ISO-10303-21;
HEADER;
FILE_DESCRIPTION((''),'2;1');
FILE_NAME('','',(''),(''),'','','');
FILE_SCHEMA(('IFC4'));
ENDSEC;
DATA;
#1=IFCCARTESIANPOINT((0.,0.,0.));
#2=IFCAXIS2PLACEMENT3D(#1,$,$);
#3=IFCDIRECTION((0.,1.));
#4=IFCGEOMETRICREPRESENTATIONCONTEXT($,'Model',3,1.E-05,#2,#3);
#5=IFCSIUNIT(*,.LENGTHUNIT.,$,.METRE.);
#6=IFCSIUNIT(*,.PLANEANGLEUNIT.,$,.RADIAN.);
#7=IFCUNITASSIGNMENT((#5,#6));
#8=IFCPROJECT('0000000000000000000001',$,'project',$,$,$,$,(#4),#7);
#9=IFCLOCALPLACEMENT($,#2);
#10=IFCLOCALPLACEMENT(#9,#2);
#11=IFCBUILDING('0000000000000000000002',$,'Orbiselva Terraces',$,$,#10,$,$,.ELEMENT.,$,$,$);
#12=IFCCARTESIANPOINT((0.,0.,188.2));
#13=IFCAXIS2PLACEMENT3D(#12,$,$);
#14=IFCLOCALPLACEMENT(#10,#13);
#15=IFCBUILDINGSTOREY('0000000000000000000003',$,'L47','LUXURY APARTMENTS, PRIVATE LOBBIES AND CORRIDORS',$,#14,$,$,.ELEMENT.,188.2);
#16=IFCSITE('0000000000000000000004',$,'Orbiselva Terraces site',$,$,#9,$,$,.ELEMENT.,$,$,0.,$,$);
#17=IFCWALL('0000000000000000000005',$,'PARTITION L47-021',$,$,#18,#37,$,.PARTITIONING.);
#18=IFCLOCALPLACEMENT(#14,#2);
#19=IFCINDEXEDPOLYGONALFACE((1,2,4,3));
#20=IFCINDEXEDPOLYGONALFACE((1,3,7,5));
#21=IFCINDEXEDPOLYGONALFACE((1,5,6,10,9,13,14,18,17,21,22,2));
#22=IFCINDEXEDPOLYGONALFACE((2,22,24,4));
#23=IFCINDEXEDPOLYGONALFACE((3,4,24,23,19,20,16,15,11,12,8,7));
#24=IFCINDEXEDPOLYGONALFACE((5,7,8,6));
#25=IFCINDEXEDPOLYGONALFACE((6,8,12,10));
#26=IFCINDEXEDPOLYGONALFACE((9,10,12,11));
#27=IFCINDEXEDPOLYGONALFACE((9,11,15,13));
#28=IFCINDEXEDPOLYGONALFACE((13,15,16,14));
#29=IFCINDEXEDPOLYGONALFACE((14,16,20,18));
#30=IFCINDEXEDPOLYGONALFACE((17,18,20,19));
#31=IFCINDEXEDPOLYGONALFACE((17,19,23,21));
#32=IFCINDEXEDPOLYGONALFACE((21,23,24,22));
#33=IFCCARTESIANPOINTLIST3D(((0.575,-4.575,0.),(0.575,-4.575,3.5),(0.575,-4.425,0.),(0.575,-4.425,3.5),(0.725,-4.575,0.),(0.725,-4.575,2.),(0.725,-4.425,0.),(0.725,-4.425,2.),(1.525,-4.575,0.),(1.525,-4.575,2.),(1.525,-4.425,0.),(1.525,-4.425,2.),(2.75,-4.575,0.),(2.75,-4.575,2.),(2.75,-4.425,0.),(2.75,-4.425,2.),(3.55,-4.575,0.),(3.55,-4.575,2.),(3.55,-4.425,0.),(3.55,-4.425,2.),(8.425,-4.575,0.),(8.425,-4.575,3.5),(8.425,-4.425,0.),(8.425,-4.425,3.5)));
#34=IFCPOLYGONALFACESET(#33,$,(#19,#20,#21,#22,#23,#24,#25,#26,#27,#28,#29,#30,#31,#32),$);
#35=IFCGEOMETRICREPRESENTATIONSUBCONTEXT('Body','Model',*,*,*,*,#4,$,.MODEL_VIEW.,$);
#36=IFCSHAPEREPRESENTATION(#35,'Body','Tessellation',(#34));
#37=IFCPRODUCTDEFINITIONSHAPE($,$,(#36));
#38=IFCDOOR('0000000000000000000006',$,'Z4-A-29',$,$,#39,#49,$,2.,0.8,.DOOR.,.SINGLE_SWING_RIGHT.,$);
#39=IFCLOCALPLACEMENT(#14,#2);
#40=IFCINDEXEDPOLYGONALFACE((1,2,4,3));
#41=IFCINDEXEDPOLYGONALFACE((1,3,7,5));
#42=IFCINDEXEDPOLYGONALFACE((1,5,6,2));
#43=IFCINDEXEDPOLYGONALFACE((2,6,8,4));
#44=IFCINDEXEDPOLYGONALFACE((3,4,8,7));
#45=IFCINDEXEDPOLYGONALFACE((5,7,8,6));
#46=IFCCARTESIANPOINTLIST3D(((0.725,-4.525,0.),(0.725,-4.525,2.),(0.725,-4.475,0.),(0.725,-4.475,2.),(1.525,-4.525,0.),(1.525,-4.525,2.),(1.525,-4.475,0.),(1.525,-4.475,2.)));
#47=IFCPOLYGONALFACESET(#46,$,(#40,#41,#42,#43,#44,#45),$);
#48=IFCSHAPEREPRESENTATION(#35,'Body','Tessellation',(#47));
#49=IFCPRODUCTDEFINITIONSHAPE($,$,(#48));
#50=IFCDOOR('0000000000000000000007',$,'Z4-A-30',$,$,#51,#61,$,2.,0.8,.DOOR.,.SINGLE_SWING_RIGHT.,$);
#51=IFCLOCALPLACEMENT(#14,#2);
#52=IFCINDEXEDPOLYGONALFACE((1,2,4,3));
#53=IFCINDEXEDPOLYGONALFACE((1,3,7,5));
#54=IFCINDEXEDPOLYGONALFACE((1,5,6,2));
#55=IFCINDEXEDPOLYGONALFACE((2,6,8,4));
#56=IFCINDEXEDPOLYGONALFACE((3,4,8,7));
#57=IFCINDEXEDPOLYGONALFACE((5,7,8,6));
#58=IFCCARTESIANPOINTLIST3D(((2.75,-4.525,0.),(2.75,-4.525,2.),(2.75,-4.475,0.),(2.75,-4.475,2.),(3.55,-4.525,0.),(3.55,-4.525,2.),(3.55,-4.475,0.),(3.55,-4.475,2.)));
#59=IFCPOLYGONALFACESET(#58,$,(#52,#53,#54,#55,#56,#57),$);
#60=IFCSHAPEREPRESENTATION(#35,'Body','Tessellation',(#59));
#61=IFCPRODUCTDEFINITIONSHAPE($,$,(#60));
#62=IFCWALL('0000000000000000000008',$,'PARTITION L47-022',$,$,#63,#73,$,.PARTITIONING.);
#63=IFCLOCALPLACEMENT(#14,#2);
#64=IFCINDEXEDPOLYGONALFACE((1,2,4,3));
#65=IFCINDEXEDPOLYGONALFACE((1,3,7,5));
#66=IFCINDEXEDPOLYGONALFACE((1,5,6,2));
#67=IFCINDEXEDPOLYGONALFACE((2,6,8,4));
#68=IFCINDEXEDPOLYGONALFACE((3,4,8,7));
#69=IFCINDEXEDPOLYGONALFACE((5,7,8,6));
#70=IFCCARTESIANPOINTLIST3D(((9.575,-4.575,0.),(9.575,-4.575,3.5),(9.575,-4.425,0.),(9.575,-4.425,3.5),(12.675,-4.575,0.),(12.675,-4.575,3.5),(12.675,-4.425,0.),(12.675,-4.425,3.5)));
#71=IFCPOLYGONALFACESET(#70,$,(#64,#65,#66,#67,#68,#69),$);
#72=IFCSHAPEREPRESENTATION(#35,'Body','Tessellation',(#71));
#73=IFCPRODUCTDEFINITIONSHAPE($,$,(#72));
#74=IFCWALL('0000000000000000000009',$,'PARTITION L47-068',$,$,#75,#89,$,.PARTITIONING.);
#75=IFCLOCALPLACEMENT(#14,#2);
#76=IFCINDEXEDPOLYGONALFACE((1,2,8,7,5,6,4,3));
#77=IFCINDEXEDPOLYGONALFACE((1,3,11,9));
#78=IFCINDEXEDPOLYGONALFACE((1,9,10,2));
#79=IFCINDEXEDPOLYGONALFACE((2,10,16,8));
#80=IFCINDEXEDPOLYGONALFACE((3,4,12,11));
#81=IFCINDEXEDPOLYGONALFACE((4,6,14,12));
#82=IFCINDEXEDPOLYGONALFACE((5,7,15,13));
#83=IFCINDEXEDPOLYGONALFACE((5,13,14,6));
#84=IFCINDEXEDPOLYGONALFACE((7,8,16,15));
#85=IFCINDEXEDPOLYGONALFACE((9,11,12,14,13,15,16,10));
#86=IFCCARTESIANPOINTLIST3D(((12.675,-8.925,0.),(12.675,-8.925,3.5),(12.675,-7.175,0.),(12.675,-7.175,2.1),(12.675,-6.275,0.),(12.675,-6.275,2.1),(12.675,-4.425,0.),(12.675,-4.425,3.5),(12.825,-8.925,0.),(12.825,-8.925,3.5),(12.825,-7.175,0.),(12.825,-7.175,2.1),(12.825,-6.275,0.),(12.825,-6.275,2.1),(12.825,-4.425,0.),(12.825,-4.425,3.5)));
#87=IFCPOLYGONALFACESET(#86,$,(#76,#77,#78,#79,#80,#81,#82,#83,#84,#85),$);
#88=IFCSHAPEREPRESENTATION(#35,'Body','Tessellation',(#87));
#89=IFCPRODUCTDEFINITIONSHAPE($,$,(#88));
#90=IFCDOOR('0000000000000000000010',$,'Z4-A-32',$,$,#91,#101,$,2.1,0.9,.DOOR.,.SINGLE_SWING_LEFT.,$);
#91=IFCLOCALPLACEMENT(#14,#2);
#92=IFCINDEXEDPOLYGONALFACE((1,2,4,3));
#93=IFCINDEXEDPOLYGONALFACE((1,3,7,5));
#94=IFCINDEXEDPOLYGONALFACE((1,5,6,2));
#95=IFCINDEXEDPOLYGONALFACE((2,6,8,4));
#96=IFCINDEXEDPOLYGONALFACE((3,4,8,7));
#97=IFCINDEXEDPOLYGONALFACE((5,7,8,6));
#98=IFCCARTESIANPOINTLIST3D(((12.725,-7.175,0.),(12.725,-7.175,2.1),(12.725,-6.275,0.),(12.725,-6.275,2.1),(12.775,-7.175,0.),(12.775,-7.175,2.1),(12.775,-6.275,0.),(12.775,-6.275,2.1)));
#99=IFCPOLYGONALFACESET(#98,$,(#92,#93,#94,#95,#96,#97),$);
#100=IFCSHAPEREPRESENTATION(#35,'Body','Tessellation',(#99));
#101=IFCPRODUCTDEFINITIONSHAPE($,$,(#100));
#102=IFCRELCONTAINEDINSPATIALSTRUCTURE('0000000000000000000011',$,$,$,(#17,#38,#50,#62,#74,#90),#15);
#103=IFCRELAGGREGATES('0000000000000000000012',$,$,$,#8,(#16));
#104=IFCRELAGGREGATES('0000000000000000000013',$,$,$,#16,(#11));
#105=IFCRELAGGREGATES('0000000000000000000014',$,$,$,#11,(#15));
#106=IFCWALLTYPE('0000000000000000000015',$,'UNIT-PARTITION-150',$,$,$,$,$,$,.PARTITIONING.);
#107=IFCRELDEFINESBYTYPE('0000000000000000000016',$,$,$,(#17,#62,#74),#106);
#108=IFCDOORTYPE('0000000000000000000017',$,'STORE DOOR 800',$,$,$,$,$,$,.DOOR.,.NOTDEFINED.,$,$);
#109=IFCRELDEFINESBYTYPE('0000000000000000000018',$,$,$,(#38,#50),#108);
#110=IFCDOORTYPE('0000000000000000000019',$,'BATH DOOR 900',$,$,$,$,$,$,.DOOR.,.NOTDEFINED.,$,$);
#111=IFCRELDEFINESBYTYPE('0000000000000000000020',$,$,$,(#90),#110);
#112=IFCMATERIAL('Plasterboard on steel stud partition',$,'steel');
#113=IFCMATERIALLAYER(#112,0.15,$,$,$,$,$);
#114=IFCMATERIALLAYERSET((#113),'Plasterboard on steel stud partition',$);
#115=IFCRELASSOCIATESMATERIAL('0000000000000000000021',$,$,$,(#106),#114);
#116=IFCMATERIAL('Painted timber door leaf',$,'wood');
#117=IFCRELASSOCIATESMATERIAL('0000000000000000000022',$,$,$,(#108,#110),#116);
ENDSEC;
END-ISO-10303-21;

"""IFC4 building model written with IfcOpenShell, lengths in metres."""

from ifc_helpers import new_model, si_unit, direction, frame, frame_2d, origin, place, context, subcontext, project, spatial, rectangle, extrude, material, layer, layer_set, type_object, element, fill, save


model = new_model("IFC4")

# Units and contexts
model_context = context("Model", 3, precision=1e-05, world=origin(), true_north=direction((0.0, 1.0)))
body_context = subcontext(model_context, "Body", "Model", "MODEL_VIEW")
ifc_project = project(units=[si_unit("LENGTHUNIT", "METRE"), si_unit("PLANEANGLEUNIT", "RADIAN")], contexts=[model_context])

# Site, building, storey
site_placement = place(None, origin())
site = spatial("IfcSite", under=ifc_project, at=site_placement, Name="Orbiselva Terraces site", CompositionType="ELEMENT", RefElevation=0.0)
building_placement = place(site_placement, origin())
building = spatial("IfcBuilding", under=site, at=building_placement, Name="Orbiselva Terraces", CompositionType="ELEMENT")
storey_placement = place(building_placement, frame((0.0, 0.0, 188.2)))
storey = spatial("IfcBuildingStorey", under=building, at=storey_placement, Name="L47", Description="LUXURY APARTMENTS, PRIVATE LOBBIES AND CORRIDORS", CompositionType="ELEMENT", Elevation=188.2)

# Shared definitions
ifc_material_1 = material(Name="Plasterboard on steel stud partition", Category="steel")

# Wall, openings, doors
ifc_layer_1 = layer(ifc_material_1, 0.15)
ifc_layer_set_1 = layer_set([ifc_layer_1], Name="Plasterboard on steel stud partition")
wall_type_1 = type_object("IfcWallType", Name="UNIT-PARTITION-150", PredefinedType="PARTITIONING", material=ifc_layer_set_1)
wall_1_placement = place(storey_placement, frame((8.425, -4.5, 0.0), z_axis=(0.0, 0.0, 1.0), x_axis=(-1.0, 0.0, 0.0)))
wall_1 = element("IfcWall", 1, at=wall_1_placement, inside=storey, type_object=wall_type_1, Name="PARTITION L47-021", PredefinedType="PARTITIONING", context=body_context, shape_type="SweptSolid", body=[
    extrude(rectangle(XDim=7.85, YDim=0.15, at=frame_2d((3.925, 0.0))), origin(), (0.0, 0.0, 1.0), 3.5),
])
opening_1_placement = place(wall_1_placement, frame((6.9, 0.0, 0.0)))
opening_1 = element("IfcOpeningElement", 2, at=opening_1_placement, cuts=wall_1, PredefinedType="OPENING", context=body_context, shape_type="SweptSolid", body=[
    extrude(rectangle(XDim=0.8, YDim=2.0, at=frame_2d((0.4, 1.0))), frame((0.0, 0.085, 0.0), z_axis=(0.0, -1.0, 0.0), x_axis=(1.0, 0.0, 0.0)), (0.0, 0.0, 1.0), 0.17),
])
opening_2_placement = place(wall_1_placement, frame((4.875, 0.0, 0.0)))
opening_2 = element("IfcOpeningElement", 3, at=opening_2_placement, cuts=wall_1, PredefinedType="OPENING", context=body_context, shape_type="SweptSolid", body=[
    extrude(rectangle(XDim=0.8, YDim=2.0, at=frame_2d((0.4, 1.0))), frame((0.0, 0.085, 0.0), z_axis=(0.0, -1.0, 0.0), x_axis=(1.0, 0.0, 0.0)), (0.0, 0.0, 1.0), 0.17),
])
ifc_material_2 = material(Name="Painted timber door leaf", Category="wood")
door_type_1 = type_object("IfcDoorType", Name="STORE DOOR 800", OperationType="NOTDEFINED", PredefinedType="DOOR", material=ifc_material_2)
door_1_placement = place(opening_1_placement, origin())
door_1 = element("IfcDoor", 4, at=door_1_placement, inside=storey, type_object=door_type_1, Name="Z4-A-29", OperationType="SINGLE_SWING_RIGHT", OverallHeight=2.0, OverallWidth=0.8, PredefinedType="DOOR", context=body_context, shape_type="SweptSolid", body=[
    extrude(rectangle(XDim=0.8, YDim=2.0, at=frame_2d((0.4, 1.0))), frame((0.0, 0.025, 0.0), z_axis=(0.0, -1.0, 0.0), x_axis=(1.0, 0.0, 0.0)), (0.0, 0.0, 1.0), 0.05),
])
fill(opening_1, door_1)
door_2_placement = place(opening_2_placement, origin())
door_2 = element("IfcDoor", 5, at=door_2_placement, inside=storey, type_object=door_type_1, Name="Z4-A-30", OperationType="SINGLE_SWING_RIGHT", OverallHeight=2.0, OverallWidth=0.8, PredefinedType="DOOR", context=body_context, shape_type="SweptSolid", body=[
    extrude(rectangle(XDim=0.8, YDim=2.0, at=frame_2d((0.4, 1.0))), frame((0.0, 0.025, 0.0), z_axis=(0.0, -1.0, 0.0), x_axis=(1.0, 0.0, 0.0)), (0.0, 0.0, 1.0), 0.05),
])
fill(opening_2, door_2)

# Wall
wall_2_placement = place(storey_placement, frame((9.575, -4.5, 0.0), z_axis=(0.0, 0.0, 1.0), x_axis=(1.0, 0.0, 0.0)))
element("IfcWall", 6, at=wall_2_placement, inside=storey, type_object=wall_type_1, Name="PARTITION L47-022", PredefinedType="PARTITIONING", context=body_context, shape_type="SweptSolid", body=[
    extrude(rectangle(XDim=3.1, YDim=0.15, at=frame_2d((1.55, 0.0))), origin(), (0.0, 0.0, 1.0), 3.5),
])

# Wall, opening, door
wall_3_placement = place(storey_placement, frame((12.75, -8.925, 0.0), z_axis=(0.0, 0.0, 1.0), x_axis=(0.0, 1.0, 0.0)))
wall_3 = element("IfcWall", 7, at=wall_3_placement, inside=storey, type_object=wall_type_1, Name="PARTITION L47-068", PredefinedType="PARTITIONING", context=body_context, shape_type="SweptSolid", body=[
    extrude(rectangle(XDim=4.5, YDim=0.15, at=frame_2d((2.25, 0.0))), origin(), (0.0, 0.0, 1.0), 3.5),
])
opening_3_placement = place(wall_3_placement, frame((1.75, 0.0, 0.0)))
opening_3 = element("IfcOpeningElement", 8, at=opening_3_placement, cuts=wall_3, PredefinedType="OPENING", context=body_context, shape_type="SweptSolid", body=[
    extrude(rectangle(XDim=0.9, YDim=2.1, at=frame_2d((0.45, 1.05))), frame((0.0, 0.085, 0.0), z_axis=(0.0, -1.0, 0.0), x_axis=(1.0, 0.0, 0.0)), (0.0, 0.0, 1.0), 0.17),
])
door_type_2 = type_object("IfcDoorType", Name="BATH DOOR 900", OperationType="NOTDEFINED", PredefinedType="DOOR", material=ifc_material_2)
door_3_placement = place(opening_3_placement, origin())
door_3 = element("IfcDoor", 9, at=door_3_placement, inside=storey, type_object=door_type_2, Name="Z4-A-32", OperationType="SINGLE_SWING_LEFT", OverallHeight=2.1, OverallWidth=0.9, PredefinedType="DOOR", context=body_context, shape_type="SweptSolid", body=[
    extrude(rectangle(XDim=0.9, YDim=2.1, at=frame_2d((0.45, 1.05))), frame((0.0, 0.025, 0.0), z_axis=(0.0, -1.0, 0.0), x_axis=(1.0, 0.0, 0.0)), (0.0, 0.0, 1.0), 0.05),
])
fill(opening_3, door_3)

save(model, "model.ifc")
